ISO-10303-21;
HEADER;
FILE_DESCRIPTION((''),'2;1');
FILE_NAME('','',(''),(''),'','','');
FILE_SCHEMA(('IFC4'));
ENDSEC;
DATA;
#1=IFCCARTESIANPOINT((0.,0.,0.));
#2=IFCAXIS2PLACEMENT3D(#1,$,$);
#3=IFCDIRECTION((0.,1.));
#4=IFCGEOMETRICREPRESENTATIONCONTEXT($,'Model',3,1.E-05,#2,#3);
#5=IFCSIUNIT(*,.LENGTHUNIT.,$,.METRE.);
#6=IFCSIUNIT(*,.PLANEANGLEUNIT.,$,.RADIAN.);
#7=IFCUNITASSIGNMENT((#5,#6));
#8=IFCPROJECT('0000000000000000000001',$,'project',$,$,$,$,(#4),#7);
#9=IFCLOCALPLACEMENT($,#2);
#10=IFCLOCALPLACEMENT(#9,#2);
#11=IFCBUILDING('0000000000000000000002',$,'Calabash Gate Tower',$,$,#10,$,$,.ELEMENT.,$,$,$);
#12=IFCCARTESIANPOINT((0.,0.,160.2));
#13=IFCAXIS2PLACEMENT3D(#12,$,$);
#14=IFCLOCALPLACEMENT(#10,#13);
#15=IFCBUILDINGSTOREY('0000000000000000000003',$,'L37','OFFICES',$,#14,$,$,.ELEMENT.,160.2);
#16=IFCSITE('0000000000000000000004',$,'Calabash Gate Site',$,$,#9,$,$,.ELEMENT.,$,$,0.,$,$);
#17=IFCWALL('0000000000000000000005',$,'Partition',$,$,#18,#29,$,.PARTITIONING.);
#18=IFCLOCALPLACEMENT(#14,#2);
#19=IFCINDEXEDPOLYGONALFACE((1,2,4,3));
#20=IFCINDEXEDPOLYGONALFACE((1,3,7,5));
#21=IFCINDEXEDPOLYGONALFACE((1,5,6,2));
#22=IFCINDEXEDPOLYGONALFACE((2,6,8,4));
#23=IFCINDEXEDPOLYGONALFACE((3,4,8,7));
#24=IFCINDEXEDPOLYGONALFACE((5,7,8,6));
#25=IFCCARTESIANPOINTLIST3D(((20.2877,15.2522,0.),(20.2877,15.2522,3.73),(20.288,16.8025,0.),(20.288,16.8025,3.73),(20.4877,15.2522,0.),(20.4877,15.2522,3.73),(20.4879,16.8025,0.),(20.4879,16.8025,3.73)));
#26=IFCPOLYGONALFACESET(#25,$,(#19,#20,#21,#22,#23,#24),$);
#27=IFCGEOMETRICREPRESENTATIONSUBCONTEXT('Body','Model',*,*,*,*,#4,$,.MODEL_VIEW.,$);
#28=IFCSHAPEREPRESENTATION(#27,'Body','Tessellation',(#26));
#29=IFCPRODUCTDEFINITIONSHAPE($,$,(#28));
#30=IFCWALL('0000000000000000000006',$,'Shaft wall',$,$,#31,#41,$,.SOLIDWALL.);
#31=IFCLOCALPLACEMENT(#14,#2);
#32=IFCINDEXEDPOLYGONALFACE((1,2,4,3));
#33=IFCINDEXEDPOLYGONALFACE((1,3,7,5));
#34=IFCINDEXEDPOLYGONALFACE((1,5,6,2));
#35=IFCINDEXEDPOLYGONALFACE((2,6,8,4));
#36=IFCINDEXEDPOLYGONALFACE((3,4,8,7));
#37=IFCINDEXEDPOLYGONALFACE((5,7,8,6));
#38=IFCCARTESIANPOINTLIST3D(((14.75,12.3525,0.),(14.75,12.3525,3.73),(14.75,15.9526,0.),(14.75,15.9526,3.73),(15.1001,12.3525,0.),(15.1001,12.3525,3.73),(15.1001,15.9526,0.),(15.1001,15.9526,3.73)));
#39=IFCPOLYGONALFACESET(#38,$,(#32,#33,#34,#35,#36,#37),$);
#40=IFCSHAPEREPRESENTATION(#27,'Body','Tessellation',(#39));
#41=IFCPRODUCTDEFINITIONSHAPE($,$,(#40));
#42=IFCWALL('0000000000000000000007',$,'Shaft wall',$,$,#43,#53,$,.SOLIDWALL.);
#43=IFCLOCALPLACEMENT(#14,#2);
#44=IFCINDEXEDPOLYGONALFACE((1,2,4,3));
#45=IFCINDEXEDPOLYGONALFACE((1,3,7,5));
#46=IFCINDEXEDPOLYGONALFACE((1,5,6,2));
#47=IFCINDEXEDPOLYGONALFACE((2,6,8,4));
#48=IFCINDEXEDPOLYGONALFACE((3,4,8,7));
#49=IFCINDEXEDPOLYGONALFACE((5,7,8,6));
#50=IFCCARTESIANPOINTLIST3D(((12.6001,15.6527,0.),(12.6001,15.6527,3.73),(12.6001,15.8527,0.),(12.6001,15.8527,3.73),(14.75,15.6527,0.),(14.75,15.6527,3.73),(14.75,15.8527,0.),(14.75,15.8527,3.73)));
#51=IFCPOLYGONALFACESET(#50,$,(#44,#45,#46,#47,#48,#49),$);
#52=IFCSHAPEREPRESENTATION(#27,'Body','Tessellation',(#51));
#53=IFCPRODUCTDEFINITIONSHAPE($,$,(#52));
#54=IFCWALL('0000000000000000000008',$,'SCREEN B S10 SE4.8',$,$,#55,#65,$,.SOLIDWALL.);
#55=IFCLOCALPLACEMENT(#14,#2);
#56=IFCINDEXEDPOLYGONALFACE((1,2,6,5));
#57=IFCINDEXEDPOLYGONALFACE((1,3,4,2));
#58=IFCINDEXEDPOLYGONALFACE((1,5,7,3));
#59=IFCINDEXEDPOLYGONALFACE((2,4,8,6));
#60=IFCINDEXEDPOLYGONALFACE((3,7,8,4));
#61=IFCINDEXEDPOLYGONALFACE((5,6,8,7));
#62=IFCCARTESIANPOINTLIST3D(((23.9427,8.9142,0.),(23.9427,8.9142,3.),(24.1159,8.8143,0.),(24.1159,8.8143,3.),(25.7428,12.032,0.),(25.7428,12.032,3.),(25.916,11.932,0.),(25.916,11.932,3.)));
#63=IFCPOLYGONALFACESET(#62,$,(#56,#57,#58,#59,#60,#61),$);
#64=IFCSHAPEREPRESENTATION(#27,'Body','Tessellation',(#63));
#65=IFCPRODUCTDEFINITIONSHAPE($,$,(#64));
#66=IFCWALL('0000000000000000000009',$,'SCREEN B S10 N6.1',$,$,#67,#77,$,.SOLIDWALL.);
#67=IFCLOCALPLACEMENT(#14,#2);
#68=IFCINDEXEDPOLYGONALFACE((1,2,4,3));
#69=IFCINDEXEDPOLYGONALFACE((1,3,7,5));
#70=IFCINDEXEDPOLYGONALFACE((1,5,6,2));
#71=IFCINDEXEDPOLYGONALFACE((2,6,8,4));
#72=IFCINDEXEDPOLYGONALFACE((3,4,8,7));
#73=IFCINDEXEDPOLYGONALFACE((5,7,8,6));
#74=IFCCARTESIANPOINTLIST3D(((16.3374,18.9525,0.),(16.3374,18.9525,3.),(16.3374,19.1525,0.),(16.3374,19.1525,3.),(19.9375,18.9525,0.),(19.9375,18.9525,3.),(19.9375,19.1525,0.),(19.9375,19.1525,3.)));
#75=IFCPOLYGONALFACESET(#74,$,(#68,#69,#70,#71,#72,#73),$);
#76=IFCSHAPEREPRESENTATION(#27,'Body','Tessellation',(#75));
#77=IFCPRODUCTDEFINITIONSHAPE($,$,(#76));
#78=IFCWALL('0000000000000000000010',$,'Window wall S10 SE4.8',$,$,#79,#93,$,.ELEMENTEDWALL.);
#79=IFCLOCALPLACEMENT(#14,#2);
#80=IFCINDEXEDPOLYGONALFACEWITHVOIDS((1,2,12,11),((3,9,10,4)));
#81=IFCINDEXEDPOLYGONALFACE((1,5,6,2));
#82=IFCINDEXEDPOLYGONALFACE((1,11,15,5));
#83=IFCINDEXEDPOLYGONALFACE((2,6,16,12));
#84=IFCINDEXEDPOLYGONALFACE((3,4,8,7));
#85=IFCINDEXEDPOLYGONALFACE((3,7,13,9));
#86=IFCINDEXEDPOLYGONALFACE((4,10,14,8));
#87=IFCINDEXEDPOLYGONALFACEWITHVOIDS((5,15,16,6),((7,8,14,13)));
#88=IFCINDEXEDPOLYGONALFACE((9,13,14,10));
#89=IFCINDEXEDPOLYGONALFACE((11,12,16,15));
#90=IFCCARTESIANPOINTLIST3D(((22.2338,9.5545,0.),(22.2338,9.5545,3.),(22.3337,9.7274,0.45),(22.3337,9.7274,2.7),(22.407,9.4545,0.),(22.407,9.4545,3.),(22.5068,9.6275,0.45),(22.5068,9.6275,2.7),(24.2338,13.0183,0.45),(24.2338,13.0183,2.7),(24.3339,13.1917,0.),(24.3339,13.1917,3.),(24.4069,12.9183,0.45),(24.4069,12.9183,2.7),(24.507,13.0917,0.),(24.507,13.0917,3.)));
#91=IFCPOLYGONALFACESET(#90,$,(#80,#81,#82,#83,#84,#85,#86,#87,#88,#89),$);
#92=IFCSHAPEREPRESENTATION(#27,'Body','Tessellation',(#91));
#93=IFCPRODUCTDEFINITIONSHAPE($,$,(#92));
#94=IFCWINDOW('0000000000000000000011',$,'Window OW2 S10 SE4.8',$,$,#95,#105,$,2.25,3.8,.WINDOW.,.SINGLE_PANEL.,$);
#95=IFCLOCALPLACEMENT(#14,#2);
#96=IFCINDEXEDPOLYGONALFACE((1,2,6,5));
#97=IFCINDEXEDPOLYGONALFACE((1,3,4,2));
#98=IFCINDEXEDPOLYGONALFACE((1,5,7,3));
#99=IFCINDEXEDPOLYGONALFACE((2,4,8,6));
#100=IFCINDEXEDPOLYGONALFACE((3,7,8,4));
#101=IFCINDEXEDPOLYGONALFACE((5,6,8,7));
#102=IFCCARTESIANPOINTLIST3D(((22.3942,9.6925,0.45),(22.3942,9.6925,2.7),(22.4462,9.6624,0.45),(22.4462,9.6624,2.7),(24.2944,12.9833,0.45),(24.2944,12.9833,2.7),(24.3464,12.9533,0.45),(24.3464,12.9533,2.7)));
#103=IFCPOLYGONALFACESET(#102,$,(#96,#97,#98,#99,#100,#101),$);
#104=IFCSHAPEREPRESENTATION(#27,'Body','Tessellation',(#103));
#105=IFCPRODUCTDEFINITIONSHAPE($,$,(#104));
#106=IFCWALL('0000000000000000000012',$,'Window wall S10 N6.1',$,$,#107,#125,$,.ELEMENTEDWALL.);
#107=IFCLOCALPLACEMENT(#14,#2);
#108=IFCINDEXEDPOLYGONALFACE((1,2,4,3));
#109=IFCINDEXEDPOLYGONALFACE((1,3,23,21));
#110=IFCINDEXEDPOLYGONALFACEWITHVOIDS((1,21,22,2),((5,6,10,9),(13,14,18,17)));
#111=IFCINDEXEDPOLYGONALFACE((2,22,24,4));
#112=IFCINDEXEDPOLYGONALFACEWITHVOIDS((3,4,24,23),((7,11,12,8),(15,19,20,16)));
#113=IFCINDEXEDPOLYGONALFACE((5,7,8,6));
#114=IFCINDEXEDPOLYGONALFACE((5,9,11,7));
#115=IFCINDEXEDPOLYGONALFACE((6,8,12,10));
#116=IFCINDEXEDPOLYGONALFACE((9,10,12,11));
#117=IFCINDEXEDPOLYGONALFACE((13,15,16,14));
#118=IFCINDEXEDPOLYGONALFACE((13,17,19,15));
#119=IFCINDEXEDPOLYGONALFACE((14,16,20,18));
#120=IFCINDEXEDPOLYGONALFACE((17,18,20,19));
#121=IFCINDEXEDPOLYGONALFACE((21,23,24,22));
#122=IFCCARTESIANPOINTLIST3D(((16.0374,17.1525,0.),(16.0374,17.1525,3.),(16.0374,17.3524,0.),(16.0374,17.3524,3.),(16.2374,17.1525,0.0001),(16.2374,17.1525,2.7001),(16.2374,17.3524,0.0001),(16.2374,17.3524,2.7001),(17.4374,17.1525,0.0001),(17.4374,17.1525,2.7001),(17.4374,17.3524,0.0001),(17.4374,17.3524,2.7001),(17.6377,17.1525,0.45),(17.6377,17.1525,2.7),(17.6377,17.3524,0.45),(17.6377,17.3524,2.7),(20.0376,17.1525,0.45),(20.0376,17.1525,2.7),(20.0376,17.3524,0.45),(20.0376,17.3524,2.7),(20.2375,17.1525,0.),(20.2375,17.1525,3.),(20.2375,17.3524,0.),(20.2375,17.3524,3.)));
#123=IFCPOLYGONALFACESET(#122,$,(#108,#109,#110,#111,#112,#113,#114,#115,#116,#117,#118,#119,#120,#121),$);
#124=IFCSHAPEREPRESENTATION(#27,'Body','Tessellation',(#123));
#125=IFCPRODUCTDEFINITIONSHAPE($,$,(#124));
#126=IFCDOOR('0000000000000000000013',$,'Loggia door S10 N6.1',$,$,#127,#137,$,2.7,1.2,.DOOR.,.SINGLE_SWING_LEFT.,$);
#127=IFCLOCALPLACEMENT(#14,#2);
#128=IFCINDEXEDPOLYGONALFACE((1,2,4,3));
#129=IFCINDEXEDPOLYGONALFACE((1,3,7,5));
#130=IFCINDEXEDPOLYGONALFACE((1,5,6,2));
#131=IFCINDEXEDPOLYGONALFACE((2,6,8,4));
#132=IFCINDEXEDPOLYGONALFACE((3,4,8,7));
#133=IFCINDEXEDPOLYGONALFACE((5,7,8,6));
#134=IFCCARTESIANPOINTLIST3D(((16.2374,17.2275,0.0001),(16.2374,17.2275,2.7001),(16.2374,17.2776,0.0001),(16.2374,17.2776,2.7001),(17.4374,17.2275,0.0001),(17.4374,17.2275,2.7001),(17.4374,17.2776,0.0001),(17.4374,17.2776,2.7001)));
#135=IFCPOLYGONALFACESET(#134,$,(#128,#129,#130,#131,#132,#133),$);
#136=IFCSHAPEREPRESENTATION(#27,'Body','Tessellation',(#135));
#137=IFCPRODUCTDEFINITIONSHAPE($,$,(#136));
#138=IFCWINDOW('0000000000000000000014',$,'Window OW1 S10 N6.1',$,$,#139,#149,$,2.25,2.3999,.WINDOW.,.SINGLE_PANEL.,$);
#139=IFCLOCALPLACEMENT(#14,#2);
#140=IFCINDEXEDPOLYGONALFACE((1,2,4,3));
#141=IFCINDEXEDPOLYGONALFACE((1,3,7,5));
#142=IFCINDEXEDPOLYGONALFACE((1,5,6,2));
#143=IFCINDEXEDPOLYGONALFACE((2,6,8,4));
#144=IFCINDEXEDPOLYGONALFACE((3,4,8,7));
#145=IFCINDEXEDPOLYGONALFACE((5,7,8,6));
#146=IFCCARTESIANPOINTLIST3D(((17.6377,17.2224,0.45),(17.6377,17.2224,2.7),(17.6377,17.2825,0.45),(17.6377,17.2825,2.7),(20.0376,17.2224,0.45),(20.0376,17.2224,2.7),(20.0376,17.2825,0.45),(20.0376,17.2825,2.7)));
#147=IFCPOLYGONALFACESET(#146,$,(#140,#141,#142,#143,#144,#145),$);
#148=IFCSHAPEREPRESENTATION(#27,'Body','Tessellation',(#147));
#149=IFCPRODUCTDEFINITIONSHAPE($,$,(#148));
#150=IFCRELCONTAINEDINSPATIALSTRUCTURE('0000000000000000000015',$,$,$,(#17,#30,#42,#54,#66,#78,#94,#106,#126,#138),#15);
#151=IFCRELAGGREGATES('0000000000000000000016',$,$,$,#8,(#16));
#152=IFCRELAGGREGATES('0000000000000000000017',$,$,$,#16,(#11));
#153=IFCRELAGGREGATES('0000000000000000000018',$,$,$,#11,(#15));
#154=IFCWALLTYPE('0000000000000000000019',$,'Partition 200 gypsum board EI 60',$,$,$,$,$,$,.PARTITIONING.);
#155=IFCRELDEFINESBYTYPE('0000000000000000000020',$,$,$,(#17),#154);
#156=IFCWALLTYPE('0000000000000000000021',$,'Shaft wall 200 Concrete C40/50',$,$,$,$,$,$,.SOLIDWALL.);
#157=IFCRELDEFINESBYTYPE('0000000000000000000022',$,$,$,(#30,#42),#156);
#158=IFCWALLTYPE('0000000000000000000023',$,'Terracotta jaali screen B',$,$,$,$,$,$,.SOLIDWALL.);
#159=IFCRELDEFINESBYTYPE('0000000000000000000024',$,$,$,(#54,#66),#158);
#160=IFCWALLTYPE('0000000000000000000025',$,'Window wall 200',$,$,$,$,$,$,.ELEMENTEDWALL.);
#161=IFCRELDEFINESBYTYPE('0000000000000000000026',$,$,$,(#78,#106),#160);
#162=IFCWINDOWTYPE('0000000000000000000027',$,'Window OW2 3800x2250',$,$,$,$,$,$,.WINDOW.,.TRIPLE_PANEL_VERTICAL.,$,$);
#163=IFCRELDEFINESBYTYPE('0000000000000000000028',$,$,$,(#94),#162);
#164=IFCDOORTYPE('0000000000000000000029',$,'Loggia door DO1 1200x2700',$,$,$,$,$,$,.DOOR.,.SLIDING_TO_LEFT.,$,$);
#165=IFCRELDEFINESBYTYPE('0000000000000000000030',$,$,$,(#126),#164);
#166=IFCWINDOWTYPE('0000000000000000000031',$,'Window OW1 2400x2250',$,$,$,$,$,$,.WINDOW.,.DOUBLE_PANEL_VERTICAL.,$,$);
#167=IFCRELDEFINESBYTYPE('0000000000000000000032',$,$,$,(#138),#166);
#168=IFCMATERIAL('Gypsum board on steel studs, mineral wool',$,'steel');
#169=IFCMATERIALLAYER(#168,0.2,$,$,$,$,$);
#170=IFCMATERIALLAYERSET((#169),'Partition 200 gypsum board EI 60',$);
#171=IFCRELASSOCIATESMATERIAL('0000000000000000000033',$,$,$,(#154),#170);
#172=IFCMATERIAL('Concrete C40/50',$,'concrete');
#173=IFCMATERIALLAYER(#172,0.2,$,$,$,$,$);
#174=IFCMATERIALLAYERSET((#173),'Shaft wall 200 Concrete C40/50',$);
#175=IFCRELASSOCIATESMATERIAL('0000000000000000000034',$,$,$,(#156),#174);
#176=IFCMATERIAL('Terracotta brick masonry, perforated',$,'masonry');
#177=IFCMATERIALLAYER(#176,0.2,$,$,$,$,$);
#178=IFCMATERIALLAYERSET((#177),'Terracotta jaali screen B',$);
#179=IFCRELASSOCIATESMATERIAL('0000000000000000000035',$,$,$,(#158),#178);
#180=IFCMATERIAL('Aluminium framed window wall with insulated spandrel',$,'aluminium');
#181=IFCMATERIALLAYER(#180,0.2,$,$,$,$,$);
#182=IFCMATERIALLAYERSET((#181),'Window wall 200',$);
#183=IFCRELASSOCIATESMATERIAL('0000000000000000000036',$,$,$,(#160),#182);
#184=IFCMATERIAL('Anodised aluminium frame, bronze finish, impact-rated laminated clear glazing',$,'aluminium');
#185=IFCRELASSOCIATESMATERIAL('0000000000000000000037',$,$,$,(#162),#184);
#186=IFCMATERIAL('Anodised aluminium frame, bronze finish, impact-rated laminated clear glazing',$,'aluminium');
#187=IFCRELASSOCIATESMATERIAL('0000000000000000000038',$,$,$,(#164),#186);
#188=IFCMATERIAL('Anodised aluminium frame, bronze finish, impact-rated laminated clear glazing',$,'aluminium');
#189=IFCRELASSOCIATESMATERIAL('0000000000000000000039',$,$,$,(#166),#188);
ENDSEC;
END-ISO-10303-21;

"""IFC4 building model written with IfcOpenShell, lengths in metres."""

from ifc_helpers import new_model, si_unit, direction, frame, frame_2d, origin, place, context, subcontext, project, spatial, rectangle, extrude, material, layer, layer_set, type_object, element, fill, save


model = new_model("IFC4")

# Units and contexts
model_context = context("Model", 3, precision=1e-05, world=origin(), true_north=direction((0.0, 1.0)))
body_context = subcontext(model_context, "Body", "Model", "MODEL_VIEW")
ifc_project = project(units=[si_unit("LENGTHUNIT", "METRE"), si_unit("PLANEANGLEUNIT", "RADIAN")], contexts=[model_context])

# Site, building, storey
site_placement = place(None, origin())
site = spatial("IfcSite", under=ifc_project, at=site_placement, Name="Calabash Gate Site", CompositionType="ELEMENT", RefElevation=0.0)
building_placement = place(site_placement, origin())
building = spatial("IfcBuilding", under=site, at=building_placement, Name="Calabash Gate Tower", CompositionType="ELEMENT")
storey_placement = place(building_placement, frame((0.0, 0.0, 160.2)))
storey = spatial("IfcBuildingStorey", under=building, at=storey_placement, Name="L37", Description="OFFICES", CompositionType="ELEMENT", Elevation=160.2)

# Shared definitions
ifc_material_1 = material(Name="Gypsum board on steel studs, mineral wool", Category="steel")
ifc_layer_1 = layer(ifc_material_1, 0.2)
ifc_layer_set_1 = layer_set([ifc_layer_1], Name="Partition 200 gypsum board EI 60")
wall_type_1 = type_object("IfcWallType", Name="Partition 200 gypsum board EI 60", PredefinedType="PARTITIONING", material=ifc_layer_set_1)

# Walls
wall_1_placement = place(storey_placement, frame((20.3877, 15.2522, 0.0), z_axis=(0.0, 0.0, 1.0), x_axis=(0.000157, 1.0, 0.0)))
element("IfcWall", 1, at=wall_1_placement, inside=storey, type_object=wall_type_1, Name="Partition", PredefinedType="PARTITIONING", context=body_context, shape_type="SweptSolid", body=[
    extrude(rectangle(XDim=1.5503, YDim=0.2, at=frame_2d((0.7751, 0.0))), origin(), (0.0, 0.0, 1.0), 3.73),
])
ifc_material_2 = material(Name="Concrete C40/50", Category="concrete")
ifc_layer_2 = layer(ifc_material_2, 0.2)
ifc_layer_set_2 = layer_set([ifc_layer_2], Name="Shaft wall 200 Concrete C40/50")
wall_type_2 = type_object("IfcWallType", Name="Shaft wall 200 Concrete C40/50", PredefinedType="SOLIDWALL", material=ifc_layer_set_2)
wall_2_placement = place(storey_placement, frame((14.925, 12.3525, 0.0), z_axis=(0.0, 0.0, 1.0), x_axis=(0.0, 1.0, 0.0)))
element("IfcWall", 2, at=wall_2_placement, inside=storey, type_object=wall_type_2, Name="Shaft wall", PredefinedType="SOLIDWALL", context=body_context, shape_type="SweptSolid", body=[
    extrude(rectangle(XDim=3.6001, YDim=0.3501, at=frame_2d((1.8, 0.0))), origin(), (0.0, 0.0, 1.0), 3.73),
])
wall_3_placement = place(storey_placement, frame((12.6001, 15.7527, 0.0), z_axis=(0.0, 0.0, 1.0), x_axis=(1.0, 0.0, 0.0)))
element("IfcWall", 3, at=wall_3_placement, inside=storey, type_object=wall_type_2, Name="Shaft wall", PredefinedType="SOLIDWALL", context=body_context, shape_type="SweptSolid", body=[
    extrude(rectangle(XDim=2.1499, YDim=0.2, at=frame_2d((1.075, 0.0))), origin(), (0.0, 0.0, 1.0), 3.73),
])
ifc_material_3 = material(Name="Terracotta brick masonry, perforated", Category="masonry")
ifc_layer_3 = layer(ifc_material_3, 0.2)
ifc_layer_set_3 = layer_set([ifc_layer_3], Name="Terracotta jaali screen B")
wall_type_3 = type_object("IfcWallType", Name="Terracotta jaali screen B", PredefinedType="SOLIDWALL", material=ifc_layer_set_3)
for number, where, z_axis, x_axis, name in (
    (4, (24.0293, 8.8643, 0.0), (0.0, 0.0, 1.0), (0.500012, 0.866018, 0.0), "SCREEN B S10 SE4.8"),
    (5, (19.9375, 19.0525, 0.0), (0.0, 0.0, 1.0), (-1.0, 0.0, 0.0), "SCREEN B S10 N6.1"),
):
    element("IfcWall", number, at=place(storey_placement, frame(where, z_axis=z_axis, x_axis=x_axis)), inside=storey, type_object=wall_type_3, Name=name, PredefinedType="SOLIDWALL", context=body_context, shape_type="SweptSolid", body=[
        extrude(rectangle(XDim=3.6001, YDim=0.2, at=frame_2d((1.8, 0.0))), origin(), (0.0, 0.0, 1.0), 3.0),
    ])

# Wall, opening, window
ifc_material_4 = material(Name="Aluminium framed window wall with insulated spandrel", Category="aluminium")
ifc_layer_4 = layer(ifc_material_4, 0.2)
ifc_layer_set_4 = layer_set([ifc_layer_4], Name="Window wall 200")
wall_type_4 = type_object("IfcWallType", Name="Window wall 200", PredefinedType="ELEMENTEDWALL", material=ifc_layer_set_4)
wall_4_placement = place(storey_placement, frame((22.3203, 9.5044, 0.0), z_axis=(0.0, 0.0, 1.0), x_axis=(0.500028, 0.866009, 0.0)))
wall_4 = element("IfcWall", 6, at=wall_4_placement, inside=storey, type_object=wall_type_4, Name="Window wall S10 SE4.8", PredefinedType="ELEMENTEDWALL", context=body_context, shape_type="SweptSolid", body=[
    extrude(rectangle(XDim=4.2, YDim=0.2, at=frame_2d((2.1001, 0.0))), origin(), (0.0, 0.0, 1.0), 3.0),
])
opening_1_placement = place(wall_4_placement, frame((0.2, 0.0, 0.45)))
opening_1 = element("IfcOpeningElement", 7, at=opening_1_placement, cuts=wall_4, PredefinedType="OPENING", context=body_context, shape_type="SweptSolid", body=[
    extrude(rectangle(XDim=3.8, YDim=2.25, at=frame_2d((1.8999, 1.125))), frame((0.0, 0.1099, 0.0), z_axis=(0.0, -1.0, 0.0), x_axis=(1.0, 0.0, 0.0)), (0.0, 0.0, 1.0), 0.22),
])
ifc_material_5 = material(Name="Anodised aluminium frame, bronze finish, impact-rated laminated clear glazing", Category="aluminium")
window_type_1 = type_object("IfcWindowType", Name="Window OW2 3800x2250", PartitioningType="TRIPLE_PANEL_VERTICAL", PredefinedType="WINDOW", material=ifc_material_5)
window_1_placement = place(opening_1_placement, origin())
window_1 = element("IfcWindow", 8, at=window_1_placement, inside=storey, type_object=window_type_1, Name="Window OW2 S10 SE4.8", OverallHeight=2.25, OverallWidth=3.8, PartitioningType="SINGLE_PANEL", PredefinedType="WINDOW", context=body_context, shape_type="SweptSolid", body=[
    extrude(rectangle(XDim=3.8, YDim=2.25, at=frame_2d((1.8999, 1.125))), frame((0.0, 0.03, 0.0), z_axis=(0.0, -1.0, 0.0), x_axis=(1.0, 0.0, 0.0)), (0.0, 0.0, 1.0), 0.0601),
])
fill(opening_1, window_1)

# Wall, openings, door, window
wall_5_placement = place(storey_placement, frame((20.2375, 17.2524, 0.0), z_axis=(0.0, 0.0, 1.0), x_axis=(-1.0, 0.0, 0.0)))
wall_5 = element("IfcWall", 9, at=wall_5_placement, inside=storey, type_object=wall_type_4, Name="Window wall S10 N6.1", PredefinedType="ELEMENTEDWALL", context=body_context, shape_type="SweptSolid", body=[
    extrude(rectangle(XDim=4.2002, YDim=0.2, at=frame_2d((2.1001, 0.0))), origin(), (0.0, 0.0, 1.0), 3.0),
])
opening_2_placement = place(wall_5_placement, frame((0.2, 0.0, 0.45)))
opening_2 = element("IfcOpeningElement", 10, at=opening_2_placement, cuts=wall_5, PredefinedType="OPENING", context=body_context, shape_type="SweptSolid", body=[
    extrude(rectangle(XDim=2.3999, YDim=2.25, at=frame_2d((1.2, 1.125))), frame((0.0, 0.1099, 0.0), z_axis=(0.0, -1.0, 0.0), x_axis=(1.0, 0.0, 0.0)), (0.0, 0.0, 1.0), 0.22),
])
opening_3_placement = place(wall_5_placement, frame((2.8, 0.0, 0.0)))
opening_3 = element("IfcOpeningElement", 11, at=opening_3_placement, cuts=wall_5, PredefinedType="OPENING", context=body_context, shape_type="SweptSolid", body=[
    extrude(rectangle(XDim=1.2, YDim=2.7, at=frame_2d((0.6001, 1.3501))), frame((0.0, 0.1099, 0.0), z_axis=(0.0, -1.0, 0.0), x_axis=(1.0, 0.0, 0.0)), (0.0, 0.0, 1.0), 0.22),
])
ifc_material_6 = material(Name="Anodised aluminium frame, bronze finish, impact-rated laminated clear glazing", Category="aluminium")
door_type_1 = type_object("IfcDoorType", Name="Loggia door DO1 1200x2700", OperationType="SLIDING_TO_LEFT", PredefinedType="DOOR", material=ifc_material_6)
door_1_placement = place(opening_3_placement, origin())
door_1 = element("IfcDoor", 12, at=door_1_placement, inside=storey, type_object=door_type_1, Name="Loggia door S10 N6.1", OperationType="SINGLE_SWING_LEFT", OverallHeight=2.7, OverallWidth=1.2, PredefinedType="DOOR", context=body_context, shape_type="SweptSolid", body=[
    extrude(rectangle(XDim=1.2, YDim=2.7, at=frame_2d((0.6001, 1.3501))), frame((0.0, 0.0249, 0.0), z_axis=(0.0, -1.0, 0.0), x_axis=(1.0, 0.0, 0.0)), (0.0, 0.0, 1.0), 0.05),
])
fill(opening_3, door_1)
ifc_material_7 = material(Name="Anodised aluminium frame, bronze finish, impact-rated laminated clear glazing", Category="aluminium")
window_type_2 = type_object("IfcWindowType", Name="Window OW1 2400x2250", PartitioningType="DOUBLE_PANEL_VERTICAL", PredefinedType="WINDOW", material=ifc_material_7)
window_2_placement = place(opening_2_placement, origin())
window_2 = element("IfcWindow", 13, at=window_2_placement, inside=storey, type_object=window_type_2, Name="Window OW1 S10 N6.1", OverallHeight=2.25, OverallWidth=2.3999, PartitioningType="SINGLE_PANEL", PredefinedType="WINDOW", context=body_context, shape_type="SweptSolid", body=[
    extrude(rectangle(XDim=2.3999, YDim=2.25, at=frame_2d((1.2, 1.125))), frame((0.0, 0.03, 0.0), z_axis=(0.0, -1.0, 0.0), x_axis=(1.0, 0.0, 0.0)), (0.0, 0.0, 1.0), 0.0601),
])
fill(opening_2, window_2)

save(model, "model.ifc")
